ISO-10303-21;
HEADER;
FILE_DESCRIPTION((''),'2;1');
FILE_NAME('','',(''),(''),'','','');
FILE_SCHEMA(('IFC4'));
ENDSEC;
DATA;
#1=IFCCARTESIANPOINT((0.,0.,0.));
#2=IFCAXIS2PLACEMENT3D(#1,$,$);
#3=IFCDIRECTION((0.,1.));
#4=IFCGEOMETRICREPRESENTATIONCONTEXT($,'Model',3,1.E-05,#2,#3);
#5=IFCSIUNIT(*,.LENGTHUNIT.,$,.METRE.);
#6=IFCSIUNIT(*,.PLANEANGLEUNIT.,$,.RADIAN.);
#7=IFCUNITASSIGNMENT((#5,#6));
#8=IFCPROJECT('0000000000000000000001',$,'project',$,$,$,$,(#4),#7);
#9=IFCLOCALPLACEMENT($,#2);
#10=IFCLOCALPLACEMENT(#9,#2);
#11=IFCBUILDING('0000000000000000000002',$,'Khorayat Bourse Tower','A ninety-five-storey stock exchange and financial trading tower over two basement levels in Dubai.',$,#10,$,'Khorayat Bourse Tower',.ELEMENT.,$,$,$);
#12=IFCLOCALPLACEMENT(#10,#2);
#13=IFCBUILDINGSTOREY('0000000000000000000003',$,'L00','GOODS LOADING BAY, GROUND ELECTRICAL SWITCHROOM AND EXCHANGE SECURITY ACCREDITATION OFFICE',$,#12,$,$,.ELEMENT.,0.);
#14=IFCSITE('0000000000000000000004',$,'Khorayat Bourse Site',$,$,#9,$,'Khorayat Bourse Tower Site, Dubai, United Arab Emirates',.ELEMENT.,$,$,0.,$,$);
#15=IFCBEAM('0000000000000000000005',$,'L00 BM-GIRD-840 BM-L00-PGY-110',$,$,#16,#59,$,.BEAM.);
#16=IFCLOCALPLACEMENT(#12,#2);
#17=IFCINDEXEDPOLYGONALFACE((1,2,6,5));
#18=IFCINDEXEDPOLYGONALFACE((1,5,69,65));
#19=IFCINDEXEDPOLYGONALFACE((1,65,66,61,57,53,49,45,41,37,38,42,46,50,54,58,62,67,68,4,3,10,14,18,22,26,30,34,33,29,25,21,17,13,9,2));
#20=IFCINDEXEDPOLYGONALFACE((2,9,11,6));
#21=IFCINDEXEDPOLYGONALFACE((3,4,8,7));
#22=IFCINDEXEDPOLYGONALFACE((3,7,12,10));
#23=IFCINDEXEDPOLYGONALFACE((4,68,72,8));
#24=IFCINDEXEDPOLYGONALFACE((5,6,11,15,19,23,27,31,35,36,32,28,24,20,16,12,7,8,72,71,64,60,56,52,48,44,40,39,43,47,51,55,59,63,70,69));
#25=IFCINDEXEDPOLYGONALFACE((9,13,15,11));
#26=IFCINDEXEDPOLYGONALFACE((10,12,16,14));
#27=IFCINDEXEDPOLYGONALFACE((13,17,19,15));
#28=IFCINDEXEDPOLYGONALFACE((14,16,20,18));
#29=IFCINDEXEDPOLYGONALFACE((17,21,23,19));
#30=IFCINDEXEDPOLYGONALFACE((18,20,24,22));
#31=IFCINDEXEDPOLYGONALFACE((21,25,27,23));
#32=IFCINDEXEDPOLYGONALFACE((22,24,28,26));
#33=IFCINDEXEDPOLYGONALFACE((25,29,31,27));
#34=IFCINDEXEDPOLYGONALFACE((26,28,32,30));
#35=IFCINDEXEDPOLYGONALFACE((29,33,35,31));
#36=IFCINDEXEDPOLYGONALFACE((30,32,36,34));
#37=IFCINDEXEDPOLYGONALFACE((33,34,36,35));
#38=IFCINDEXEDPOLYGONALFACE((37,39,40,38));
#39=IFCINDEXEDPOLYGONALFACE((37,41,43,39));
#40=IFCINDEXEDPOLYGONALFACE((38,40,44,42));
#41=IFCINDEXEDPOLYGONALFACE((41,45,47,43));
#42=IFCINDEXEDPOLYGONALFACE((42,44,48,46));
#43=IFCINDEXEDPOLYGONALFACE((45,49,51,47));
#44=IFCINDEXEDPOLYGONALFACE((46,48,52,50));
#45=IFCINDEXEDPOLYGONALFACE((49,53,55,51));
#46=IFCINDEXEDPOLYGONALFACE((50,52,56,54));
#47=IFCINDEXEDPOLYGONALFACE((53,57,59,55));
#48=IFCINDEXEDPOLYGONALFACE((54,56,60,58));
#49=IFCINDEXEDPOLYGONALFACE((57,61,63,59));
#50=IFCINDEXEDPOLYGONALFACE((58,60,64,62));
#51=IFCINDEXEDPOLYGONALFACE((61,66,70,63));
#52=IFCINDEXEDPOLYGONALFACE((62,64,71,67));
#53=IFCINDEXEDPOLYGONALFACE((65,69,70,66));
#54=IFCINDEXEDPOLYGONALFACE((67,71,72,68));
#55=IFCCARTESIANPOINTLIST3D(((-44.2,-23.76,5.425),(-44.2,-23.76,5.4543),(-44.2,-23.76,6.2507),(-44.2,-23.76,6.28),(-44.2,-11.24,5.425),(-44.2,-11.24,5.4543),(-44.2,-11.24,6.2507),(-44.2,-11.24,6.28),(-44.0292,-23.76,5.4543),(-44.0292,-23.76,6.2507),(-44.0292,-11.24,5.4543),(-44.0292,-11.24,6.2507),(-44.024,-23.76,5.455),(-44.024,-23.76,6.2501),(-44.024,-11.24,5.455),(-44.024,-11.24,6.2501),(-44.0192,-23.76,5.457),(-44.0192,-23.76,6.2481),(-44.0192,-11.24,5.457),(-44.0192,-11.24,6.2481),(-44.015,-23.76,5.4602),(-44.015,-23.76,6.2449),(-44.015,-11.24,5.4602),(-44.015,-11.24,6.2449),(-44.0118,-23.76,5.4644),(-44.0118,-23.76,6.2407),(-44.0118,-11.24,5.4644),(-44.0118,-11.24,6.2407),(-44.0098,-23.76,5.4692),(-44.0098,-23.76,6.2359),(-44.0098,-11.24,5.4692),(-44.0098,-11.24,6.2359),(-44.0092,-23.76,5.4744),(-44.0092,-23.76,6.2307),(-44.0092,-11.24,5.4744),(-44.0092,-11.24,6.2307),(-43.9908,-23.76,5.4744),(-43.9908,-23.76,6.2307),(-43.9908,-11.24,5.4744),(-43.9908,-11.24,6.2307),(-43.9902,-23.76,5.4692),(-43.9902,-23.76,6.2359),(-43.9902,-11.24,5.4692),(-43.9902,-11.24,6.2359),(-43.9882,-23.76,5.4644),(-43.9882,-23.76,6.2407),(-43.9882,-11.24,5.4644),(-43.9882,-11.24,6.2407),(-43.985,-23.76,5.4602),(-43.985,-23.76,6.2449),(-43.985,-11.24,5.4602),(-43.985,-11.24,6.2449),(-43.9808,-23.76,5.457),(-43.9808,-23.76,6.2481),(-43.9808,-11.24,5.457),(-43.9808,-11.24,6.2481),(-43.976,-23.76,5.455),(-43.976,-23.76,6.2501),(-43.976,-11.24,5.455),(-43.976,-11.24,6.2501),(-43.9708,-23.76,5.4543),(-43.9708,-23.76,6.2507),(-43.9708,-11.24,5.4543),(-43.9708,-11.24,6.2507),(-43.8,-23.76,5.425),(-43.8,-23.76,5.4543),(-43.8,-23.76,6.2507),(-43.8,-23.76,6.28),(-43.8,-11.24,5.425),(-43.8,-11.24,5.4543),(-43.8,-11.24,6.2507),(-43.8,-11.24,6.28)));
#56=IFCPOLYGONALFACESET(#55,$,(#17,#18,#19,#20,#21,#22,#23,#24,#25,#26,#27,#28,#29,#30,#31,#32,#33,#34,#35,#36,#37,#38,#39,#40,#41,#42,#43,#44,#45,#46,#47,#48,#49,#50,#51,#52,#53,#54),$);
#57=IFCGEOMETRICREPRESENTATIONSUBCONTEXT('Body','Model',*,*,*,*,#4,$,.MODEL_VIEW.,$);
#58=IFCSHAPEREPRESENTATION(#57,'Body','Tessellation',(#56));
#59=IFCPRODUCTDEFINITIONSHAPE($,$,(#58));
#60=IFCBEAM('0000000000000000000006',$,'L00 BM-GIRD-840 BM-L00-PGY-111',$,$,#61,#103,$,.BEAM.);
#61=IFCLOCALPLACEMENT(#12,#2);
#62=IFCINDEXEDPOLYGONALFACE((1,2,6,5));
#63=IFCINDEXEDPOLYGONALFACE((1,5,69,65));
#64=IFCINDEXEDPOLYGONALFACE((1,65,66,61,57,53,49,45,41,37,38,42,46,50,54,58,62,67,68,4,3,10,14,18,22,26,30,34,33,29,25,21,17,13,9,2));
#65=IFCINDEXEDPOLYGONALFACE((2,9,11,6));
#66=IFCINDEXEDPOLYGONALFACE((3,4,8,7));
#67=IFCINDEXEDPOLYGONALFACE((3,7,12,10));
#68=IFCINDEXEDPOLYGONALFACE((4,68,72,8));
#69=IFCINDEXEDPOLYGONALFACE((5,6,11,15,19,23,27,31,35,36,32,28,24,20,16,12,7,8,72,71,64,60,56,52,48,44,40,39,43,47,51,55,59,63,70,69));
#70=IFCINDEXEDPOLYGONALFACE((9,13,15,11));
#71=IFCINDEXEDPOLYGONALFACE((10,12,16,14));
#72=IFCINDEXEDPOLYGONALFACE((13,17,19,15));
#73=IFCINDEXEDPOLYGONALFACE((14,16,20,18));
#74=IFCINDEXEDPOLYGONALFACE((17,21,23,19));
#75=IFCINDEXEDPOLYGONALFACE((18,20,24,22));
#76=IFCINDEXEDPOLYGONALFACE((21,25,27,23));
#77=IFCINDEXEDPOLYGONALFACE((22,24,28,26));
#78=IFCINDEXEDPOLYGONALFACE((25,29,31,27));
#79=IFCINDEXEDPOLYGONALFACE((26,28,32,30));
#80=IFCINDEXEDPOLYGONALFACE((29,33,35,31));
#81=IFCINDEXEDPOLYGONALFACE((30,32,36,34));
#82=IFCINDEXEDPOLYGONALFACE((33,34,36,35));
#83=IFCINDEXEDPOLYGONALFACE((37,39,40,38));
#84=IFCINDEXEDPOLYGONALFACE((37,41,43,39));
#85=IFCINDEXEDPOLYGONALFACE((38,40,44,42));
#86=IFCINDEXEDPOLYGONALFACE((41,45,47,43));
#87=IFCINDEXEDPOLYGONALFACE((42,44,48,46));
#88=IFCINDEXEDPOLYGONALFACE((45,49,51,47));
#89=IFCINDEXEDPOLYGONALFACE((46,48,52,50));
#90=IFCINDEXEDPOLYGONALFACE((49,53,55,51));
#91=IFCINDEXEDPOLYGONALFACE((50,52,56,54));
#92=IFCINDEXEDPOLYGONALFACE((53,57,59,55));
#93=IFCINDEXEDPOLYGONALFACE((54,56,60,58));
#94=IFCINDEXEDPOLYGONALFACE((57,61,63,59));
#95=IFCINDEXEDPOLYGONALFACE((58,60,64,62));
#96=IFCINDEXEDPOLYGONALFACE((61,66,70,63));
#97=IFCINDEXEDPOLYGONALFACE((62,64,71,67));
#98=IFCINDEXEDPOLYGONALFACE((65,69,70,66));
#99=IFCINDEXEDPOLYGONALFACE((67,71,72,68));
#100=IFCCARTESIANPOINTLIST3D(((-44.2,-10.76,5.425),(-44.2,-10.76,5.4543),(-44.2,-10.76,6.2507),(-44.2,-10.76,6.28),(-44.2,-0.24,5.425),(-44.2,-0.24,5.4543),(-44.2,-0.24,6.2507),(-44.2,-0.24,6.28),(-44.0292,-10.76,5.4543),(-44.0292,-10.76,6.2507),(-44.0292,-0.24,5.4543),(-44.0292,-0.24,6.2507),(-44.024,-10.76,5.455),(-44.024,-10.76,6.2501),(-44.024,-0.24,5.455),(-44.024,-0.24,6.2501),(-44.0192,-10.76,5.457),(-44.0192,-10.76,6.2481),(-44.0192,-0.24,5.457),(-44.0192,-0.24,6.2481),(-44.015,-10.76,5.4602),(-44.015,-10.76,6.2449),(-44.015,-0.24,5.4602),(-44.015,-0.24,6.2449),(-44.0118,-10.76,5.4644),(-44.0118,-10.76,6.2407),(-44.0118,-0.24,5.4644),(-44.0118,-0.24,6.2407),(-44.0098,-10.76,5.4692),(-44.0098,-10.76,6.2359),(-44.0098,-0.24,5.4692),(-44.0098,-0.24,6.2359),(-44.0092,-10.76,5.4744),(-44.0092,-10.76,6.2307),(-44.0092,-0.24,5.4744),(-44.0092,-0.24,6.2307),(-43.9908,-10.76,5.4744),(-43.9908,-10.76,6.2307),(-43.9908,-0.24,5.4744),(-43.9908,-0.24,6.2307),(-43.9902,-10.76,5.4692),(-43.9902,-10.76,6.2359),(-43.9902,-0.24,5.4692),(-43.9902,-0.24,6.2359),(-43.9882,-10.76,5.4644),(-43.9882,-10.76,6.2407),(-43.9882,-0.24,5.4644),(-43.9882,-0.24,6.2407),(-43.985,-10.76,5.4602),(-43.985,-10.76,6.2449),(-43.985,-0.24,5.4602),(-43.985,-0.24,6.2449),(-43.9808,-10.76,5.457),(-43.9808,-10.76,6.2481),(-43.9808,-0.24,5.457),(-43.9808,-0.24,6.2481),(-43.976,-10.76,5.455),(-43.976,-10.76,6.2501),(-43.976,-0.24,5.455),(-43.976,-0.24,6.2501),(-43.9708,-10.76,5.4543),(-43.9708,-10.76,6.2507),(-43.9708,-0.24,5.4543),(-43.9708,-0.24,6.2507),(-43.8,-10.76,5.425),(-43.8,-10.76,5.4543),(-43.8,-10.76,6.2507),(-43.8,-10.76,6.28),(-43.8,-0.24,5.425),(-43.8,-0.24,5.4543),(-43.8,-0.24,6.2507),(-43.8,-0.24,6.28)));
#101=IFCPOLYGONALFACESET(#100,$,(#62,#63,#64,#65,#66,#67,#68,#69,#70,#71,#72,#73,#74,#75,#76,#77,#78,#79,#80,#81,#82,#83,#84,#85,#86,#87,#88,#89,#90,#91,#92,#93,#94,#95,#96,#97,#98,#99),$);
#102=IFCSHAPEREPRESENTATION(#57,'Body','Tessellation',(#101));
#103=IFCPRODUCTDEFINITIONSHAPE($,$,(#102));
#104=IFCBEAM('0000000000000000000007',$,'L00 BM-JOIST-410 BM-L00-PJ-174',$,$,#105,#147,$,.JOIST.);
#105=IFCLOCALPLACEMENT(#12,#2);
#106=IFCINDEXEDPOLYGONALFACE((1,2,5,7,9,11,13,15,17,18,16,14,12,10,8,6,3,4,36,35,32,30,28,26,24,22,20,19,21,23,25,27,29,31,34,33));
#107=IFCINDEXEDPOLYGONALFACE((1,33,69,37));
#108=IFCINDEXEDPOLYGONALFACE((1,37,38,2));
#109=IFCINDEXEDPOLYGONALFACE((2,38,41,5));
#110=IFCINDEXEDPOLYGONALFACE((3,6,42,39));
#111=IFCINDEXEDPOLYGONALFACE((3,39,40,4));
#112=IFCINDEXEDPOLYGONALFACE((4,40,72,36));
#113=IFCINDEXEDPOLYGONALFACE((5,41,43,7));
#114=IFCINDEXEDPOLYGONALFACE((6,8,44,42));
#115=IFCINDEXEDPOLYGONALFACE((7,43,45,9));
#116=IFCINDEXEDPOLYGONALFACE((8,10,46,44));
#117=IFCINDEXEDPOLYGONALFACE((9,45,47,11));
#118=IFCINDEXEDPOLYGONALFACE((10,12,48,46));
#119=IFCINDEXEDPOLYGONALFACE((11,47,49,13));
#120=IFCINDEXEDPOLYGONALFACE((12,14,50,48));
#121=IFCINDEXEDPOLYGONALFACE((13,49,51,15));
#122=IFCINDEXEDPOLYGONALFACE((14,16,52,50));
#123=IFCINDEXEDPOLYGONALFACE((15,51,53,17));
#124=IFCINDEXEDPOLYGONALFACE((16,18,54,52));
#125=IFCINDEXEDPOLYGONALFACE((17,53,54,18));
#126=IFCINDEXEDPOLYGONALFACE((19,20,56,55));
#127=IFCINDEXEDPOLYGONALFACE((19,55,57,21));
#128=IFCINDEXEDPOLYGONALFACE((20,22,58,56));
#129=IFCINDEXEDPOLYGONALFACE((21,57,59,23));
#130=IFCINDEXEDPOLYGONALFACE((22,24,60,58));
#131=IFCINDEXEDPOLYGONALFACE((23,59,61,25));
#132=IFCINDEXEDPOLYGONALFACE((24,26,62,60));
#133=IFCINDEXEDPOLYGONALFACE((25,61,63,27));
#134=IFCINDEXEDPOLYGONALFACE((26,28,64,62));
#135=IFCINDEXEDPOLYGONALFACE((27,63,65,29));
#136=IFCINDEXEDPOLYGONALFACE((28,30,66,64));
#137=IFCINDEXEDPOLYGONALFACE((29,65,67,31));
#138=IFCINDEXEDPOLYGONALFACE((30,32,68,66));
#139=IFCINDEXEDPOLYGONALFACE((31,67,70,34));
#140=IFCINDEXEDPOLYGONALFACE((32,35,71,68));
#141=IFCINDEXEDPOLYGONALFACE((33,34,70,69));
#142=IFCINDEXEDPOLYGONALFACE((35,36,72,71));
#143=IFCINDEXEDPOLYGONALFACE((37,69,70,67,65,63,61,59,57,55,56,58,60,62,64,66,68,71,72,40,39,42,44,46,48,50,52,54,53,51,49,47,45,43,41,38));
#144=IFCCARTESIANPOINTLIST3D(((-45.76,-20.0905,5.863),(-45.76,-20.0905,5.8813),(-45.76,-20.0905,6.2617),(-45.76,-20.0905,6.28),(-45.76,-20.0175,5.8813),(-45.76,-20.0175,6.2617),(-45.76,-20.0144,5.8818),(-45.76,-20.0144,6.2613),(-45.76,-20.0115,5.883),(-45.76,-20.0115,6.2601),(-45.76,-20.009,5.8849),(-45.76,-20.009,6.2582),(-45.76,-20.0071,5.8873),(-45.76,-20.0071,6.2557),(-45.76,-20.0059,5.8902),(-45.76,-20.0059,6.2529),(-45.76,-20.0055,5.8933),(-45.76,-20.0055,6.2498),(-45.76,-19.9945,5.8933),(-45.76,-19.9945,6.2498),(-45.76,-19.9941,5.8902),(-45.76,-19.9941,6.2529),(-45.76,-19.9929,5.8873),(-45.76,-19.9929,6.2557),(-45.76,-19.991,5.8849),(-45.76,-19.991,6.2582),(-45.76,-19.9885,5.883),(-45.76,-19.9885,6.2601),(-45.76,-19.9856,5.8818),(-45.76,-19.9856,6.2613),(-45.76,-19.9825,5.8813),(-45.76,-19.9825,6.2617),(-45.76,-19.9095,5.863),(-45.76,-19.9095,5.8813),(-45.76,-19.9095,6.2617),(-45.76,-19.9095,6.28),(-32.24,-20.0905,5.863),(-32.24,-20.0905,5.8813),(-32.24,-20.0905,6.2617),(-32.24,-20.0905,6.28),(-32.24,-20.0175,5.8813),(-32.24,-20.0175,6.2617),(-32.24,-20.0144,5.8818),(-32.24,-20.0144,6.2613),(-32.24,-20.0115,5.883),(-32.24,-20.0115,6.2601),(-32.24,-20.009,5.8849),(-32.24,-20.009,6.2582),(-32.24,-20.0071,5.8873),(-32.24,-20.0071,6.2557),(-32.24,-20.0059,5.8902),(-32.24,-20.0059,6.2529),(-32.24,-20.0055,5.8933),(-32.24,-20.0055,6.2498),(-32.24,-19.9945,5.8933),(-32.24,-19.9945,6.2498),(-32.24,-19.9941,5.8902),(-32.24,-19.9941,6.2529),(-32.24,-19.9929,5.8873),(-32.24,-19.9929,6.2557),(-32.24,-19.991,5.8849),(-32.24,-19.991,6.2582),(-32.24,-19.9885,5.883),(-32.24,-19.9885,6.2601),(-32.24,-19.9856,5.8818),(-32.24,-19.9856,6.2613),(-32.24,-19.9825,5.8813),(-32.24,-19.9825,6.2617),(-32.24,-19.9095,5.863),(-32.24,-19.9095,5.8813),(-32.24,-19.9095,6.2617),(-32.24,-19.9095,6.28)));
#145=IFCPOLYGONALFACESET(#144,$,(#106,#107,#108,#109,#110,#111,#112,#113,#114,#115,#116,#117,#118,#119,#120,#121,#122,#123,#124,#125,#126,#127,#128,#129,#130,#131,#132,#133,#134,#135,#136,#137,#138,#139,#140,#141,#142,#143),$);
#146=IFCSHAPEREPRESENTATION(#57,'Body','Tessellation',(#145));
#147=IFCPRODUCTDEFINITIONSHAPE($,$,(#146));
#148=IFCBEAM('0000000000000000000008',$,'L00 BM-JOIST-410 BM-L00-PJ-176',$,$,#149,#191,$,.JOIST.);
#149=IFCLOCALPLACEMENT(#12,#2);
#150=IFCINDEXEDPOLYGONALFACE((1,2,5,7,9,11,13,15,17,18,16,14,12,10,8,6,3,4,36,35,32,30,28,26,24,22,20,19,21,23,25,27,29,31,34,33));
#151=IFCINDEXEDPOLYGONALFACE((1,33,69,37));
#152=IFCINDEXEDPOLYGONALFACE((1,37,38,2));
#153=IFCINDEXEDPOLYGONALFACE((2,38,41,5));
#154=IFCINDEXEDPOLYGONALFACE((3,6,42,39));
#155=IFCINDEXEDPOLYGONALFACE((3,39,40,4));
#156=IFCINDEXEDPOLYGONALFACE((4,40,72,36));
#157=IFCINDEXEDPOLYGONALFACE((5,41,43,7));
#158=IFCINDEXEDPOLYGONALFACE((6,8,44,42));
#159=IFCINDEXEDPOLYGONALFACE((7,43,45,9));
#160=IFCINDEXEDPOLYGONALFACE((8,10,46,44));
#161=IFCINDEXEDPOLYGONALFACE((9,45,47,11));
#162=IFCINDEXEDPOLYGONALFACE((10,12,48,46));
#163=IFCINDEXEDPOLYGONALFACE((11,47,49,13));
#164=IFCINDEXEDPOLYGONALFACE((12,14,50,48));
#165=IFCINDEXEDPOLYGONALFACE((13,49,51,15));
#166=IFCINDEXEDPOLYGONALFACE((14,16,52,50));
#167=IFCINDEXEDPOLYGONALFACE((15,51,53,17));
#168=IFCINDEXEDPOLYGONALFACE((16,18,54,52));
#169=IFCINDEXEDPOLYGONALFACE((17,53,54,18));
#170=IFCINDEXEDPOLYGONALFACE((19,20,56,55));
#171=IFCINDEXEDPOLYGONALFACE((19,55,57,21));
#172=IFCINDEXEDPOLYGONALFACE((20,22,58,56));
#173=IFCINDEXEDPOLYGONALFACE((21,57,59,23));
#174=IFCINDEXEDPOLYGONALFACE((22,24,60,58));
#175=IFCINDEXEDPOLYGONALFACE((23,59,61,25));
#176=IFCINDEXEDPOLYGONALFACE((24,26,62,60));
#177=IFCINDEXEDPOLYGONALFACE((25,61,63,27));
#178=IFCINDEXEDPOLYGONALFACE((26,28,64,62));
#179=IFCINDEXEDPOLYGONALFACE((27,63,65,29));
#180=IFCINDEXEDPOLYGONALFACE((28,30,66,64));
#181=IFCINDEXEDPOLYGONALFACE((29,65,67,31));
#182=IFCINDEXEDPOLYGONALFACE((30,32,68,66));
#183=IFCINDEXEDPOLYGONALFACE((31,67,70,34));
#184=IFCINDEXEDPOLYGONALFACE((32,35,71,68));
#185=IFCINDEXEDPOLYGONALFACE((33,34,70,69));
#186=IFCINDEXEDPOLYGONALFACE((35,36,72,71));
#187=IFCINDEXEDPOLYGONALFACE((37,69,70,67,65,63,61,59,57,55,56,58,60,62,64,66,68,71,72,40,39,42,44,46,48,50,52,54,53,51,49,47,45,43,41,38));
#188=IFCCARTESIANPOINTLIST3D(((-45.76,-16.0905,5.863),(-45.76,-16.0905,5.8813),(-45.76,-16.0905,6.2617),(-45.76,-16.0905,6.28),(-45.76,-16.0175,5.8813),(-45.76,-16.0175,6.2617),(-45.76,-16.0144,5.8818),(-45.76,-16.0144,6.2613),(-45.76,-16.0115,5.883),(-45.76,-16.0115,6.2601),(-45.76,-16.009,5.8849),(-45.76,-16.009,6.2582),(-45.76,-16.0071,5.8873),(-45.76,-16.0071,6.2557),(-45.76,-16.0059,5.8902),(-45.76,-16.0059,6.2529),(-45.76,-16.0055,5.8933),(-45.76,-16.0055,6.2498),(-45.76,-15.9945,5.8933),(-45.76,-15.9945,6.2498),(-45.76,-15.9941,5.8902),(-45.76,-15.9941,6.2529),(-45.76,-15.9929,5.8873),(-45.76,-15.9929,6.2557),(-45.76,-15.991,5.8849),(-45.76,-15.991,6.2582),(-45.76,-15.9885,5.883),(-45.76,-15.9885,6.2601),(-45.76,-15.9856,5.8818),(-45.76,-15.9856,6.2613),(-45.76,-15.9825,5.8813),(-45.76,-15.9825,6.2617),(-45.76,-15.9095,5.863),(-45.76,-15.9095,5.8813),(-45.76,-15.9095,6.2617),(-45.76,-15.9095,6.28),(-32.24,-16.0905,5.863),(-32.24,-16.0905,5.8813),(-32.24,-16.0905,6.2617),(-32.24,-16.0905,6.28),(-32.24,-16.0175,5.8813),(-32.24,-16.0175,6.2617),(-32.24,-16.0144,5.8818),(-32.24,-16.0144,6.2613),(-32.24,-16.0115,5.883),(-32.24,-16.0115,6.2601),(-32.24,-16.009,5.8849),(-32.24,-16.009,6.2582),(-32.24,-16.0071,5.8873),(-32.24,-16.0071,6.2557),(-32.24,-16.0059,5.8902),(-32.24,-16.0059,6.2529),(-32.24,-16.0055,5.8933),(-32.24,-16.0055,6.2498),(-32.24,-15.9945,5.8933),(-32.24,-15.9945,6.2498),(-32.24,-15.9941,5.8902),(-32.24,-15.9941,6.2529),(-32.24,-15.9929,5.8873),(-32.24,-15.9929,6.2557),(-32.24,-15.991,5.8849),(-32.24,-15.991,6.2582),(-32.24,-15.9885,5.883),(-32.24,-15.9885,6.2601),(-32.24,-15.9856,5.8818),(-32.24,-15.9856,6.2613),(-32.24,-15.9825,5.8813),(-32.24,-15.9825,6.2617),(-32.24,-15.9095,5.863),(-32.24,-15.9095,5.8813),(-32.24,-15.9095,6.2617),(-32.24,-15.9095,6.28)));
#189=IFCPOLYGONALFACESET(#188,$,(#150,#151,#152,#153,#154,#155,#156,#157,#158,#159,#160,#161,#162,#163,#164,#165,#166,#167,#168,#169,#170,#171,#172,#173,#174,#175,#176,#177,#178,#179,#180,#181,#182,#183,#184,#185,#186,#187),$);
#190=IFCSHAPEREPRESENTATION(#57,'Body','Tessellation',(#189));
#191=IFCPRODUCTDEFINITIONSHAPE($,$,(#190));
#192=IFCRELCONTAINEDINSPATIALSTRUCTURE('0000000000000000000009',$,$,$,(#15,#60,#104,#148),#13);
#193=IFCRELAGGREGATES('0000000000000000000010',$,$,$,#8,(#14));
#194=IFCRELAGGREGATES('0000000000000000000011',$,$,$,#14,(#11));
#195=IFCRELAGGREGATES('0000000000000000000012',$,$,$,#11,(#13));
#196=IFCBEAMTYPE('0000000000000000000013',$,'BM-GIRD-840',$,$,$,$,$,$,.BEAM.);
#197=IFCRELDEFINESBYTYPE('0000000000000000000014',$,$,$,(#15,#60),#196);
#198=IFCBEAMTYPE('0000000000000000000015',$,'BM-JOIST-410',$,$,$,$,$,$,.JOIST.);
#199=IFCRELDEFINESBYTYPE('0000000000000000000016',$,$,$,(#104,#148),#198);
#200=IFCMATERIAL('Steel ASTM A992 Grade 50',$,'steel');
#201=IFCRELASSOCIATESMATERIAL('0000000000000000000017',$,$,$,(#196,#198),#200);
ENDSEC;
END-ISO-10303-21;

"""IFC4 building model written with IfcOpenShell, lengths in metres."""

from ifc_helpers import new_model, si_unit, direction, frame, origin, origin_2d, place, context, subcontext, project, spatial, i_section, extrude, source, transform, mapped, material, material_profile, profile_set, type_object, element, save


model = new_model("IFC4")

# Units and contexts
model_context = context("Model", 3, precision=1e-05, world=origin(), true_north=direction((0.0, 1.0)))
body_context = subcontext(model_context, "Body", "Model", "MODEL_VIEW")
ifc_project = project(units=[si_unit("LENGTHUNIT", "METRE"), si_unit("PLANEANGLEUNIT", "RADIAN")], contexts=[model_context])

# Site, building, storey
site_placement = place(None, origin())
site = spatial("IfcSite", under=ifc_project, at=site_placement, Name="Khorayat Bourse Site", LongName="Khorayat Bourse Tower Site, Dubai, United Arab Emirates", CompositionType="ELEMENT", RefElevation=0.0)
building_placement = place(site_placement, origin())
building = spatial("IfcBuilding", under=site, at=building_placement, Name="Khorayat Bourse Tower", Description="A ninety-five-storey stock exchange and financial trading tower over two basement levels in Dubai.", LongName="Khorayat Bourse Tower", CompositionType="ELEMENT")
storey_placement = place(building_placement, origin())
storey = spatial("IfcBuildingStorey", under=building, at=storey_placement, Name="L00", Description="GOODS LOADING BAY, GROUND ELECTRICAL SWITCHROOM AND EXCHANGE SECURITY ACCREDITATION OFFICE", CompositionType="ELEMENT", Elevation=0.0)

# Beams
ifc_material_1 = material(Name="Steel ASTM A992 Grade 50", Category="steel")
ifc_material_profile_1 = material_profile(ifc_material_1, i_section(OverallWidth=0.3999, OverallDepth=0.855, WebThickness=0.0183, FlangeThickness=0.0293, FilletRadius=0.02, at=origin_2d()), Name="W840X299")
ifc_profile_set_1 = profile_set([ifc_material_profile_1], Name="Steel ASTM A992 Grade 50")
beam_type_1 = type_object("IfcBeamType", Name="BM-GIRD-840", PredefinedType="BEAM", material=ifc_profile_set_1)
shared_shape_1 = source(origin(), body_context, "Body", "SweptSolid", [
    extrude(i_section(OverallWidth=0.3999, OverallDepth=0.855, WebThickness=0.0183, FlangeThickness=0.0293, FilletRadius=0.02, at=origin_2d()), origin(), (0.0, 0.0, 1.0), 12.52),
])
beam_1_placement = place(storey_placement, frame((-44.0, -23.76, 5.8525), z_axis=(0.0, 1.0, 0.0), x_axis=(-1.0, 0.0, 0.0)))
element("IfcBeam", 1, at=beam_1_placement, inside=storey, type_object=beam_type_1, Name="L00 BM-GIRD-840 BM-L00-PGY-110", PredefinedType="BEAM", context=body_context, shape_type="MappedRepresentation", body=[
    mapped(shared_shape_1, transform((0.0, 0.0, 0.0), scale=1.0)),
])
shared_shape_2 = source(origin(), body_context, "Body", "SweptSolid", [
    extrude(i_section(OverallWidth=0.3999, OverallDepth=0.855, WebThickness=0.0183, FlangeThickness=0.0293, FilletRadius=0.02, at=origin_2d()), origin(), (0.0, 0.0, 1.0), 10.52),
])
beam_2_placement = place(storey_placement, frame((-44.0, -10.76, 5.8525), z_axis=(0.0, 1.0, 0.0), x_axis=(-1.0, 0.0, 0.0)))
element("IfcBeam", 2, at=beam_2_placement, inside=storey, type_object=beam_type_1, Name="L00 BM-GIRD-840 BM-L00-PGY-111", PredefinedType="BEAM", context=body_context, shape_type="MappedRepresentation", body=[
    mapped(shared_shape_2, transform((0.0, 0.0, 0.0), scale=1.0)),
])
ifc_material_profile_2 = material_profile(ifc_material_1, i_section(OverallWidth=0.1809, OverallDepth=0.417, WebThickness=0.011, FlangeThickness=0.0183, FilletRadius=0.012, at=origin_2d()), Name="W410X85")
ifc_profile_set_2 = profile_set([ifc_material_profile_2], Name="Steel ASTM A992 Grade 50")
beam_type_2 = type_object("IfcBeamType", Name="BM-JOIST-410", PredefinedType="JOIST", material=ifc_profile_set_2)
shared_shape_3 = source(origin(), body_context, "Body", "SweptSolid", [
    extrude(i_section(OverallWidth=0.1809, OverallDepth=0.417, WebThickness=0.011, FlangeThickness=0.0183, FilletRadius=0.012, at=origin_2d()), origin(), (0.0, 0.0, 1.0), 13.52),
])
for number, where, z_axis, x_axis, name in (
    (3, (-45.76, -20.0, 6.0715), (1.0, 0.0, 0.0), (0.0, 1.0, 0.0), "L00 BM-JOIST-410 BM-L00-PJ-174"),
    (4, (-45.76, -16.0, 6.0715), (1.0, 0.0, 0.0), (0.0, 1.0, 0.0), "L00 BM-JOIST-410 BM-L00-PJ-176"),
):
    element("IfcBeam", number, at=place(storey_placement, frame(where, z_axis=z_axis, x_axis=x_axis)), inside=storey, type_object=beam_type_2, Name=name, PredefinedType="JOIST", context=body_context, shape_type="MappedRepresentation", body=[
        mapped(shared_shape_3, transform((0.0, 0.0, 0.0), scale=1.0)),
    ])

save(model, "model.ifc")
